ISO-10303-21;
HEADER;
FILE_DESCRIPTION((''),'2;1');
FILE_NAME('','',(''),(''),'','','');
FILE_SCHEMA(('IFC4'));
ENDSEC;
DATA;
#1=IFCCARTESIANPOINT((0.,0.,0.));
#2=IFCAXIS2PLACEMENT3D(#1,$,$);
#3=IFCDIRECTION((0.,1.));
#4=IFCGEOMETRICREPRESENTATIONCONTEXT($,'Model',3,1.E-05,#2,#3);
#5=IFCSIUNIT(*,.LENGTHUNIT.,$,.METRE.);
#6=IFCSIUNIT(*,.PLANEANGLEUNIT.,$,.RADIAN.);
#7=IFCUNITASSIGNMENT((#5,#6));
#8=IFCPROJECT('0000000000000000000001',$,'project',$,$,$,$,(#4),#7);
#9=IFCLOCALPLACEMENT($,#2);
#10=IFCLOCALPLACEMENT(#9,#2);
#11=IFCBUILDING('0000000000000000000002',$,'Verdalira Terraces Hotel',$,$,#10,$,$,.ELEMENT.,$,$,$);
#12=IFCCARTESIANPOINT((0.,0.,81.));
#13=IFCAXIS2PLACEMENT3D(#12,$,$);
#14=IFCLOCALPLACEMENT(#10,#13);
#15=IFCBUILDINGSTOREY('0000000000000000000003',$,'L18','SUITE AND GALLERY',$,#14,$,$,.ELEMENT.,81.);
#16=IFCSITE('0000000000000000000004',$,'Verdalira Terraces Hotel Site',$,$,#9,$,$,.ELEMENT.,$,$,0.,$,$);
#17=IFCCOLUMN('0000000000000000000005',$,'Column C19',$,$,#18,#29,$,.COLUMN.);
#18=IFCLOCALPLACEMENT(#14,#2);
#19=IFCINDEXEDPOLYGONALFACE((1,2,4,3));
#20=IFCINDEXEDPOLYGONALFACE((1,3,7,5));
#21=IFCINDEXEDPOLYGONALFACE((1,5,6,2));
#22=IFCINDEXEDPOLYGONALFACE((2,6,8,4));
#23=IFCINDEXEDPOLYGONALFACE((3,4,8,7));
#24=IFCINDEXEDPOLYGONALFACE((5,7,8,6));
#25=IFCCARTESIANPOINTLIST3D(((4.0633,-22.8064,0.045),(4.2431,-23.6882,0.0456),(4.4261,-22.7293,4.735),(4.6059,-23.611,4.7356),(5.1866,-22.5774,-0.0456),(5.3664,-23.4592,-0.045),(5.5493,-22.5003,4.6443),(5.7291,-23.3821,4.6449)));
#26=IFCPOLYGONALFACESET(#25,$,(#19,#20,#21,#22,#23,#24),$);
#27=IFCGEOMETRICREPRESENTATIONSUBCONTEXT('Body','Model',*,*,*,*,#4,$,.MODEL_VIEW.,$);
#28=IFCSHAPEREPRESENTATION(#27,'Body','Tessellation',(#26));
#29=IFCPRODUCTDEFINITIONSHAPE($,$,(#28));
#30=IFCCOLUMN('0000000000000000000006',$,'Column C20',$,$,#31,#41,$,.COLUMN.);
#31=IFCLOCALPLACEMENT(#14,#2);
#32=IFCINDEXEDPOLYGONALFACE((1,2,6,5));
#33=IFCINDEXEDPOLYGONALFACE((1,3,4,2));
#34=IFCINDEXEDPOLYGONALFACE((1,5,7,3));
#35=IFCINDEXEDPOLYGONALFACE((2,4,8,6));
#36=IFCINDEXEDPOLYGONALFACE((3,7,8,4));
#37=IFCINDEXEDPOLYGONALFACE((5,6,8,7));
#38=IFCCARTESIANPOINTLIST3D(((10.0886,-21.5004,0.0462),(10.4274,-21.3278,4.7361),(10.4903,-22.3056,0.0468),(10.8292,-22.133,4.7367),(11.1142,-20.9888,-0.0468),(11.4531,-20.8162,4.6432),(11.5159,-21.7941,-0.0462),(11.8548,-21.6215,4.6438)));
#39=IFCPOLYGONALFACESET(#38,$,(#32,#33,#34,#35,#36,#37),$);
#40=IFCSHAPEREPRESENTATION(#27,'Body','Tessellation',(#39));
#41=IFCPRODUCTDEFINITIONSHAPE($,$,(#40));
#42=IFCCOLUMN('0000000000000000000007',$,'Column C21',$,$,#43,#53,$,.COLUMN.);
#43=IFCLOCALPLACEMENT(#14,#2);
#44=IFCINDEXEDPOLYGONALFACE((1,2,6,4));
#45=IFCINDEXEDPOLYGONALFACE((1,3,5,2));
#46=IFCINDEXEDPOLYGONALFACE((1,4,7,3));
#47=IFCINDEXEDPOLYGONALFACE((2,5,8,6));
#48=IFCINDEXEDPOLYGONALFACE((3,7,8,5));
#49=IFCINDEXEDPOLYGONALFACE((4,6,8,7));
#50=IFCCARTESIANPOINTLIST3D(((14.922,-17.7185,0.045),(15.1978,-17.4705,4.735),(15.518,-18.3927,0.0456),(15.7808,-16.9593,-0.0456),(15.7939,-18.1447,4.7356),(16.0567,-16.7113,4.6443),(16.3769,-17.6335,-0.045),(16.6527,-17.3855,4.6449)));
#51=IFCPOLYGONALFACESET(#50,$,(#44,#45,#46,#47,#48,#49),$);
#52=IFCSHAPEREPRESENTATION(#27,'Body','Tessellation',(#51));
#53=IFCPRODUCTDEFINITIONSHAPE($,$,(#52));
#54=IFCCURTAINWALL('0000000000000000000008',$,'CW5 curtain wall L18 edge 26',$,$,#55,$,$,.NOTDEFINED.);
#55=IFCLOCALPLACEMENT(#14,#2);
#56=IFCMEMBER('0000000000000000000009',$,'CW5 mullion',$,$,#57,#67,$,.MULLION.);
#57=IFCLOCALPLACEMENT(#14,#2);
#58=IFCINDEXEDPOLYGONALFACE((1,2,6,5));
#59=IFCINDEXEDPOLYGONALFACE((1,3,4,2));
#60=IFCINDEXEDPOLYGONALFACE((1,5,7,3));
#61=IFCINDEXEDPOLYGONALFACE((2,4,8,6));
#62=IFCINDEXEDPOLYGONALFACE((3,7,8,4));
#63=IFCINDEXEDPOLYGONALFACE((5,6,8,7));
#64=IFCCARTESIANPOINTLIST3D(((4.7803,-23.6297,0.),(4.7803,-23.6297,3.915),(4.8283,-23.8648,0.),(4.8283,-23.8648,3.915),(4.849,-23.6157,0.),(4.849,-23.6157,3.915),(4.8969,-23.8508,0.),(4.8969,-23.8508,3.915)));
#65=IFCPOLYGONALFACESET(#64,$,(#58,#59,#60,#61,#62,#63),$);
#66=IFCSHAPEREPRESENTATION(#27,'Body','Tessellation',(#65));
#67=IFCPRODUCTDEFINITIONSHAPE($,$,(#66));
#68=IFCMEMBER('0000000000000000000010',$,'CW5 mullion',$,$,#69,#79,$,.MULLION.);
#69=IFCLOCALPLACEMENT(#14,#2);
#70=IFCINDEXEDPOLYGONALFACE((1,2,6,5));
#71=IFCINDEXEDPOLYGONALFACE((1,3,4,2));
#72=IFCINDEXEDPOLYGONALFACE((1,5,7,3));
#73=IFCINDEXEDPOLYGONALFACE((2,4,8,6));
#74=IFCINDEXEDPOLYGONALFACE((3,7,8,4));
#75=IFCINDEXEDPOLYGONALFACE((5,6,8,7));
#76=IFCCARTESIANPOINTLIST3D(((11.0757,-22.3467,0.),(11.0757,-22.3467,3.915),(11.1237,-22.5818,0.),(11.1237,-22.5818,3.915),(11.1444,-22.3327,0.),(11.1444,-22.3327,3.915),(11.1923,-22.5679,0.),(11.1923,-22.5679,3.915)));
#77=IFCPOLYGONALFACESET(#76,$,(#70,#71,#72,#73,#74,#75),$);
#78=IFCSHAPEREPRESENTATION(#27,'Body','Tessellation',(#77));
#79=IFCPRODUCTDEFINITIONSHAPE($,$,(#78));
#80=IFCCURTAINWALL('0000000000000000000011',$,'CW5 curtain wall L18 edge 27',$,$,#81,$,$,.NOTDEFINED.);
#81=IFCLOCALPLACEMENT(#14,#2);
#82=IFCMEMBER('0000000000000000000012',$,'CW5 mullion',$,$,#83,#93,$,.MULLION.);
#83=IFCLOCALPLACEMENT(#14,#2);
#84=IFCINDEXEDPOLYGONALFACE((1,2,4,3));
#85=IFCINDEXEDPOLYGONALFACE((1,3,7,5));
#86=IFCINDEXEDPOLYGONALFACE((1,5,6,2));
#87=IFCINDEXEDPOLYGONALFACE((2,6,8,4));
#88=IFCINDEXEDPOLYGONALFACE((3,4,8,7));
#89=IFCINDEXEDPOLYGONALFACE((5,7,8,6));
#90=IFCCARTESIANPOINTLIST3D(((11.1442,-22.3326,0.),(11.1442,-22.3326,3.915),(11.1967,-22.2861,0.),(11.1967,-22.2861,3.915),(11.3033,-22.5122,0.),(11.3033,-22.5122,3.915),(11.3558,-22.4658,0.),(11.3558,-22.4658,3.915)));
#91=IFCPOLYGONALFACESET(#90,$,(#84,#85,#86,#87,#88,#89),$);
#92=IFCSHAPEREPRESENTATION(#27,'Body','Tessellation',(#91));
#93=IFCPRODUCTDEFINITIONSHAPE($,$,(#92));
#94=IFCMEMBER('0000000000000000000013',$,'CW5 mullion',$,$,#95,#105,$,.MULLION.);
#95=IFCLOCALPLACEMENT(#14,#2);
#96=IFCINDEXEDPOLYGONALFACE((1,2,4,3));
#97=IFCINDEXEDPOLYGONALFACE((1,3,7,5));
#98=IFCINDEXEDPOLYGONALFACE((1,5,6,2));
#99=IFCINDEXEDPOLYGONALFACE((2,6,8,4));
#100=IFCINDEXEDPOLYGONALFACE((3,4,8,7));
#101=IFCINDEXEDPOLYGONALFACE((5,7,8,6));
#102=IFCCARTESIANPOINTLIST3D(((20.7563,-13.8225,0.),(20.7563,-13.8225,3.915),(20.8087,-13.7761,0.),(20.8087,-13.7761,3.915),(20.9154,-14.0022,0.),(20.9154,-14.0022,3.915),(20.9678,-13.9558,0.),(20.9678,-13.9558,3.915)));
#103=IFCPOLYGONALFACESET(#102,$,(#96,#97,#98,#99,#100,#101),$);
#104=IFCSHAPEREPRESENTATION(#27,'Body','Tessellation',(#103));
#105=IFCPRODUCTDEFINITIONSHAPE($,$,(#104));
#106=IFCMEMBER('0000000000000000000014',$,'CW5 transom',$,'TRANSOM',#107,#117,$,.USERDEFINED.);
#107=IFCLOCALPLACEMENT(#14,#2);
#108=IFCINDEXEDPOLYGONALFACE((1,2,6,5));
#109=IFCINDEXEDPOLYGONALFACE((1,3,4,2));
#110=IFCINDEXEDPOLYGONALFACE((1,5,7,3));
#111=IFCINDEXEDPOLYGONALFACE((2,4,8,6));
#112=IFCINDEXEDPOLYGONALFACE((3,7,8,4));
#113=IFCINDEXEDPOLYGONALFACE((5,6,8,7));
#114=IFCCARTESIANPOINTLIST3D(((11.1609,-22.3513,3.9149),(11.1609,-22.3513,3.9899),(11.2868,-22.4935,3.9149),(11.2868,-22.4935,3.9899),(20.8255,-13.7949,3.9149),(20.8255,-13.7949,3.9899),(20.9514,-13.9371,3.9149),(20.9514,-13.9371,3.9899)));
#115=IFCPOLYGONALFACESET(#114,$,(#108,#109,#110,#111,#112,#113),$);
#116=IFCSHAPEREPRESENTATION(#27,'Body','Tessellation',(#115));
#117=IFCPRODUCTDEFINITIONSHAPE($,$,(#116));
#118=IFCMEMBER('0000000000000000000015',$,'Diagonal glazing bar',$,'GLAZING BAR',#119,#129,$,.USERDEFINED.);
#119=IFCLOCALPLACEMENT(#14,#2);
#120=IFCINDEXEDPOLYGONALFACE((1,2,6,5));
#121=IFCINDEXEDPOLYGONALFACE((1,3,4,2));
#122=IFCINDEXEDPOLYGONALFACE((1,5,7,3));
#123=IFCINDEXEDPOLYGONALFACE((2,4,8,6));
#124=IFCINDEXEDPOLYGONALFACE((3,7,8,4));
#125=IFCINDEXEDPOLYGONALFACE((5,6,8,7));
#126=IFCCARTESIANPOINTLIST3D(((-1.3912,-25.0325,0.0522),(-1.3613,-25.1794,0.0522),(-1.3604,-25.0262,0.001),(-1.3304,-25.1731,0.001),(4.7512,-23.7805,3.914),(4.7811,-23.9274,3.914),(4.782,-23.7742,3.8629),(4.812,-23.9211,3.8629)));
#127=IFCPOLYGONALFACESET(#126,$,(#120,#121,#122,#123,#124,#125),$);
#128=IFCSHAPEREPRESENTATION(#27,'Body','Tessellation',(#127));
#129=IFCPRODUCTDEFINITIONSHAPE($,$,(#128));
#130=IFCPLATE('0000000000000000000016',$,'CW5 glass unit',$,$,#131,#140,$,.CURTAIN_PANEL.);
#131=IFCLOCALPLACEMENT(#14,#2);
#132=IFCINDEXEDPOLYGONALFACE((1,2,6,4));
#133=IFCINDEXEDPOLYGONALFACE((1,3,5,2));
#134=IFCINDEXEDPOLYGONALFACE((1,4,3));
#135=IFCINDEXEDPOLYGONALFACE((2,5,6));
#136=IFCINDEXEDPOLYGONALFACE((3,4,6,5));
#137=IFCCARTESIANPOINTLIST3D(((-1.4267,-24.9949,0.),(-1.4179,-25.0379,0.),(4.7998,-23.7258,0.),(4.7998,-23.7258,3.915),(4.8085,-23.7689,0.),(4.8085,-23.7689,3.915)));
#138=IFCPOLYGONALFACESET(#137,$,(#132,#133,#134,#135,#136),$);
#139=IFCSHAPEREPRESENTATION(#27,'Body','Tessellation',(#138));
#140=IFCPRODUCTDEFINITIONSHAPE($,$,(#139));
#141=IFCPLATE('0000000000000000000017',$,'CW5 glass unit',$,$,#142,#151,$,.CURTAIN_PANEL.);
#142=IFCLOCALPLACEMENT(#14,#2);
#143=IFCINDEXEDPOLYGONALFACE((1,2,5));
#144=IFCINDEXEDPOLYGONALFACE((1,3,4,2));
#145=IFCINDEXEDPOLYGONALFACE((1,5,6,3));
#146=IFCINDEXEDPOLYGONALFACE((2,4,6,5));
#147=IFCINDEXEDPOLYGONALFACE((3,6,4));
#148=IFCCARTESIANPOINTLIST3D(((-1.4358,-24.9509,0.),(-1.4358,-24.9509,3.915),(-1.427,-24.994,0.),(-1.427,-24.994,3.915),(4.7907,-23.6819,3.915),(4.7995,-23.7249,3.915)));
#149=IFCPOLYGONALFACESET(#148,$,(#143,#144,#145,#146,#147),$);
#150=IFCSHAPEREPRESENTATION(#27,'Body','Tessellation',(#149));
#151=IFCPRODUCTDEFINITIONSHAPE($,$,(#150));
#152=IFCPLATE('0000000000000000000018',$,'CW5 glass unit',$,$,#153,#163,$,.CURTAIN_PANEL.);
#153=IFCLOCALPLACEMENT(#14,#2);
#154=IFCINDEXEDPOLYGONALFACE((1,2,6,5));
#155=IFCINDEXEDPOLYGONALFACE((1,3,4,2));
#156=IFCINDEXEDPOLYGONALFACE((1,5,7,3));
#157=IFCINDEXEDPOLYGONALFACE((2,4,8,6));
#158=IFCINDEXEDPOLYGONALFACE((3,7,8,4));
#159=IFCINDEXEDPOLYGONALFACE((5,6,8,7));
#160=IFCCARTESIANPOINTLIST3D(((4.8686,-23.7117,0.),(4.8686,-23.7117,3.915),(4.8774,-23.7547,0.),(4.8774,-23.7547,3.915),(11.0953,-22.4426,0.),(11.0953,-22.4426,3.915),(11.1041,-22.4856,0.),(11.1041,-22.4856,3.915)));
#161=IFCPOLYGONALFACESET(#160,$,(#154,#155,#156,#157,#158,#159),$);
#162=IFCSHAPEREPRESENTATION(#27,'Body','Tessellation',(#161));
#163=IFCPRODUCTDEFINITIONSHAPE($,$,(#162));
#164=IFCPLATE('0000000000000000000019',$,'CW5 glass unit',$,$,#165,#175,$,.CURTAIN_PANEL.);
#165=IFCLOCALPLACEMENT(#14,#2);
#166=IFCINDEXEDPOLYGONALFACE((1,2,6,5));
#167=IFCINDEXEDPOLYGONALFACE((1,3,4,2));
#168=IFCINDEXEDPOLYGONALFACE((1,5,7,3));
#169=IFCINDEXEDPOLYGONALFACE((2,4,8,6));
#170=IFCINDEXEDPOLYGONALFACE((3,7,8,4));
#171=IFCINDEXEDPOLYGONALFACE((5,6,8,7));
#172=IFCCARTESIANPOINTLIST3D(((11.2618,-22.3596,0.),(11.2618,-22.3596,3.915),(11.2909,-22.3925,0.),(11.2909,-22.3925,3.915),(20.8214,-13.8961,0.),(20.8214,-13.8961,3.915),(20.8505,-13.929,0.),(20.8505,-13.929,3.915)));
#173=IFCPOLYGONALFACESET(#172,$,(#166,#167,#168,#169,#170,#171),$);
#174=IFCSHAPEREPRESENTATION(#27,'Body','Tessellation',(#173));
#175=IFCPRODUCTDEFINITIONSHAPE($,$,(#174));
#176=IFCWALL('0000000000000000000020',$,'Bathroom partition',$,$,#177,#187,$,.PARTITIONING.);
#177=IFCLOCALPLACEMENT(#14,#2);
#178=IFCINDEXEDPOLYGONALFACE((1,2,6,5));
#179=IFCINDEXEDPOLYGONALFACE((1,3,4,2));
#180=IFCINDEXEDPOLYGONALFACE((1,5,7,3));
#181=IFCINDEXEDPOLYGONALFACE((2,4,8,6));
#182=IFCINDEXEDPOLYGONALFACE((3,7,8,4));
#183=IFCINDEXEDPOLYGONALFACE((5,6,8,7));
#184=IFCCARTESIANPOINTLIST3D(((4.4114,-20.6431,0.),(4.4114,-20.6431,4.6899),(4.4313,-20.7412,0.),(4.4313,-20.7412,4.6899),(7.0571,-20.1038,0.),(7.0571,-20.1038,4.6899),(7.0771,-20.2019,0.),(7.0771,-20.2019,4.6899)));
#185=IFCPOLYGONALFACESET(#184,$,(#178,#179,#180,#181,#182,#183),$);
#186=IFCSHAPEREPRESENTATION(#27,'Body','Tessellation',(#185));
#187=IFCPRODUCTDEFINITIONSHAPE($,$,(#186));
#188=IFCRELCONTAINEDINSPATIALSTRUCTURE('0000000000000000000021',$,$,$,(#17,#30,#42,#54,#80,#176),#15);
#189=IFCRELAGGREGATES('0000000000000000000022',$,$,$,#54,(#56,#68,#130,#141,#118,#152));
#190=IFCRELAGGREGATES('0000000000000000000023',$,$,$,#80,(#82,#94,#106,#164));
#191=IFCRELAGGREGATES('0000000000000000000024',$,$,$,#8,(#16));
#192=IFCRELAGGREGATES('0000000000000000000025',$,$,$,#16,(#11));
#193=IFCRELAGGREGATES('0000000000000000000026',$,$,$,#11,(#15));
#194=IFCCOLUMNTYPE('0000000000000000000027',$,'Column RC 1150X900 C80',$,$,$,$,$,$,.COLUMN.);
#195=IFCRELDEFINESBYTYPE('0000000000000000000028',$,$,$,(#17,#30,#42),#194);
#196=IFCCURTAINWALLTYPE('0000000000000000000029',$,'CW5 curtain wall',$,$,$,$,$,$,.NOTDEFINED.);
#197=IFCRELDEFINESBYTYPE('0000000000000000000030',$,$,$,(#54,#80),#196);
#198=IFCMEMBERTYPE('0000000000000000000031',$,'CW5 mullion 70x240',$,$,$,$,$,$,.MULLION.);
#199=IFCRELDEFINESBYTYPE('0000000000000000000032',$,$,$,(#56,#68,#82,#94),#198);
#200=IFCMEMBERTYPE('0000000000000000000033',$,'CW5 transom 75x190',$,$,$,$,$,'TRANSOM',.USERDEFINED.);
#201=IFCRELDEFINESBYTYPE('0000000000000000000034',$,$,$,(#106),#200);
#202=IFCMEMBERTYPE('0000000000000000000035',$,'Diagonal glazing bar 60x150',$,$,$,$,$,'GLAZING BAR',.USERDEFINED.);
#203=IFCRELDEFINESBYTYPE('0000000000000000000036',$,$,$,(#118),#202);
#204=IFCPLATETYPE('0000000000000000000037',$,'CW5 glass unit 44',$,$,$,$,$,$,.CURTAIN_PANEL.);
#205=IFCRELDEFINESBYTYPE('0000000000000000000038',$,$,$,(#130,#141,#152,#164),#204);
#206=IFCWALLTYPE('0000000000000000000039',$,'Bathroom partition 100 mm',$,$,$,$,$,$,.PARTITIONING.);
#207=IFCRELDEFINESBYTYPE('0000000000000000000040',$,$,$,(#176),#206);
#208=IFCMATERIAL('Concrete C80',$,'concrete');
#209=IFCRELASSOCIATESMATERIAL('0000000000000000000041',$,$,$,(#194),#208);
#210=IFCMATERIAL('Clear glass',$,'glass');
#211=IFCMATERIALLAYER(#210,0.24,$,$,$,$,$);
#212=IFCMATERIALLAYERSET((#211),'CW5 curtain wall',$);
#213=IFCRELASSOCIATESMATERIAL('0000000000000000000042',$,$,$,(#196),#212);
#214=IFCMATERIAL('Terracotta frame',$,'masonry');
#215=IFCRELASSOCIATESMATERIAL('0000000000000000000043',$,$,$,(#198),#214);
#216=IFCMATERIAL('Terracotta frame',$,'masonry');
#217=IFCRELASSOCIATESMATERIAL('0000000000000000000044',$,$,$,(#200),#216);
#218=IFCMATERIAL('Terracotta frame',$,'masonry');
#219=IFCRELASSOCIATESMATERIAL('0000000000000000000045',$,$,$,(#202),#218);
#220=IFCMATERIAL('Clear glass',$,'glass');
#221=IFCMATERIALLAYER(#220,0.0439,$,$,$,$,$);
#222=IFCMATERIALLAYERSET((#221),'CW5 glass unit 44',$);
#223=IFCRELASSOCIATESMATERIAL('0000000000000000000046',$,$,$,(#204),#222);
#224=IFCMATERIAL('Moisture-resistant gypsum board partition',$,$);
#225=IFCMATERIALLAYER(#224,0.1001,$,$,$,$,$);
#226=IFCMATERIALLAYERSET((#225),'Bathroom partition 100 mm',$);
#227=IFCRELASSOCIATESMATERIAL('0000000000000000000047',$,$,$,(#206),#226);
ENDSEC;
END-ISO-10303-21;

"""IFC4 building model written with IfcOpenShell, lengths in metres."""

from ifc_helpers import new_model, si_unit, direction, frame, frame_2d, origin, origin_2d, place, context, subcontext, project, spatial, polyline, rectangle, outline, extrude, material, layer, layer_set, material_profile, profile_set, type_object, element, aggregate, save


model = new_model("IFC4")

# Units and contexts
model_context = context("Model", 3, precision=1e-05, world=origin(), true_north=direction((0.0, 1.0)))
body_context = subcontext(model_context, "Body", "Model", "MODEL_VIEW")
ifc_project = project(units=[si_unit("LENGTHUNIT", "METRE"), si_unit("PLANEANGLEUNIT", "RADIAN")], contexts=[model_context])

# Site, building, storey
site_placement = place(None, origin())
site = spatial("IfcSite", under=ifc_project, at=site_placement, Name="Verdalira Terraces Hotel Site", CompositionType="ELEMENT", RefElevation=0.0)
building_placement = place(site_placement, origin())
building = spatial("IfcBuilding", under=site, at=building_placement, Name="Verdalira Terraces Hotel", CompositionType="ELEMENT")
storey_placement = place(building_placement, frame((0.0, 0.0, 81.0)))
storey = spatial("IfcBuildingStorey", under=building, at=storey_placement, Name="L18", Description="SUITE AND GALLERY", CompositionType="ELEMENT", Elevation=81.0)

# Columns
ifc_material_1 = material(Name="Concrete C80", Category="concrete")
ifc_material_profile_1 = material_profile(ifc_material_1, rectangle(XDim=1.1499, YDim=0.8999, at=origin_2d()), Name="RC 1150X900")
ifc_profile_set_1 = profile_set([ifc_material_profile_1], Name="Concrete C80")
column_type = type_object("IfcColumnType", Name="Column RC 1150X900 C80", PredefinedType="COLUMN", material=ifc_profile_set_1)
column_1_placement = place(storey_placement, frame((4.7148, -23.1328, 0.0), z_axis=(0.077115, 0.016399, 0.996887), x_axis=(0.976798, 0.199126, -0.078836)))
element("IfcColumn", 1, at=column_1_placement, inside=storey, type_object=column_type, Name="Column C19", PredefinedType="COLUMN", context=body_context, shape_type="SweptSolid", body=[
    extrude(rectangle(XDim=1.1499, YDim=0.8999, at=origin_2d()), origin(), (0.0, 0.0, 1.0), 4.7046),
])
column_2_placement = place(storey_placement, frame((10.8022, -21.6472, 0.0), z_axis=(0.072018, 0.036683, 0.996729), x_axis=(-0.891933, -0.444887, 0.080819)))
element("IfcColumn", 2, at=column_2_placement, inside=storey, type_object=column_type, Name="Column C20", PredefinedType="COLUMN", context=body_context, shape_type="SweptSolid", body=[
    extrude(rectangle(XDim=1.1499, YDim=0.8999, at=origin_2d()), origin(), (0.0, 0.0, 1.0), 4.7053),
])
column_3_placement = place(storey_placement, frame((15.6494, -17.676, 0.0), z_axis=(0.05864, 0.052724, 0.996886), x_axis=(0.746898, 0.660246, -0.078855)))
element("IfcColumn", 3, at=column_3_placement, inside=storey, type_object=column_type, Name="Column C21", PredefinedType="COLUMN", context=body_context, shape_type="SweptSolid", body=[
    extrude(rectangle(XDim=1.1499, YDim=0.8999, at=origin_2d()), origin(), (0.0, 0.0, 1.0), 4.7046),
])

# Curtain walls, members
ifc_material_2 = material(Name="Clear glass", Category="glass")
ifc_layer_1 = layer(ifc_material_2, 0.24)
ifc_layer_set_1 = layer_set([ifc_layer_1], Name="CW5 curtain wall")
curtain_wall_type = type_object("IfcCurtainWallType", Name="CW5 curtain wall", PredefinedType="NOTDEFINED", material=ifc_layer_set_1)
curtain_wall_1_placement = place(storey_placement, origin())
curtain_wall_1 = element("IfcCurtainWall", 4, at=curtain_wall_1_placement, inside=storey, type_object=curtain_wall_type, Name="CW5 curtain wall L18 edge 26", PredefinedType="NOTDEFINED")
ifc_material_3 = material(Name="Terracotta frame", Category="masonry")
ifc_material_profile_2 = material_profile(ifc_material_3, rectangle(XDim=0.0701, YDim=0.24, at=origin_2d()), Name="MU 70x240")
ifc_profile_set_2 = profile_set([ifc_material_profile_2], Name="Terracotta frame")
member_type_1 = type_object("IfcMemberType", Name="CW5 mullion 70x240", PredefinedType="MULLION", material=ifc_profile_set_2)
member_1_placement = place(storey_placement, frame((4.8386, -23.7402, 0.0), z_axis=(0.0, 0.0, 1.0), x_axis=(0.979855, 0.19971, 0.0)))
member_1 = element("IfcMember", 5, at=member_1_placement, type_object=member_type_1, Name="CW5 mullion", PredefinedType="MULLION", context=body_context, shape_type="SweptSolid", body=[
    extrude(rectangle(XDim=0.0701, YDim=0.24, at=origin_2d()), origin(), (0.0, 0.0, 1.0), 3.915),
])
member_2_placement = place(storey_placement, frame((11.134, -22.4573, 0.0), z_axis=(0.0, 0.0, 1.0), x_axis=(0.979855, 0.19971, 0.0)))
member_2 = element("IfcMember", 6, at=member_2_placement, type_object=member_type_1, Name="CW5 mullion", PredefinedType="MULLION", context=body_context, shape_type="SweptSolid", body=[
    extrude(rectangle(XDim=0.0701, YDim=0.24, at=origin_2d()), origin(), (0.0, 0.0, 1.0), 3.915),
])
curtain_wall_2_placement = place(storey_placement, origin())
curtain_wall_2 = element("IfcCurtainWall", 7, at=curtain_wall_2_placement, inside=storey, type_object=curtain_wall_type, Name="CW5 curtain wall L18 edge 27", PredefinedType="NOTDEFINED")
member_3_placement = place(storey_placement, frame((11.25, -22.3992, 0.0), z_axis=(0.0, 0.0, 1.0), x_axis=(0.748724, 0.662881, 0.0)))
member_3 = element("IfcMember", 8, at=member_3_placement, type_object=member_type_1, Name="CW5 mullion", PredefinedType="MULLION", context=body_context, shape_type="SweptSolid", body=[
    extrude(rectangle(XDim=0.0701, YDim=0.24, at=origin_2d()), origin(), (0.0, 0.0, 1.0), 3.915),
])
member_4_placement = place(storey_placement, frame((20.8621, -13.8892, 0.0), z_axis=(0.0, 0.0, 1.0), x_axis=(0.748724, 0.662881, 0.0)))
member_4 = element("IfcMember", 9, at=member_4_placement, type_object=member_type_1, Name="CW5 mullion", PredefinedType="MULLION", context=body_context, shape_type="SweptSolid", body=[
    extrude(rectangle(XDim=0.0701, YDim=0.24, at=origin_2d()), origin(), (0.0, 0.0, 1.0), 3.915),
])
ifc_material_4 = material(Name="Terracotta frame", Category="masonry")
ifc_material_profile_3 = material_profile(ifc_material_4, rectangle(XDim=0.1899, YDim=0.075, at=origin_2d()), Name="TR 75x190")
ifc_profile_set_3 = profile_set([ifc_material_profile_3], Name="Terracotta frame")
member_type_2 = type_object("IfcMemberType", Name="CW5 transom 75x190", ElementType="TRANSOM", PredefinedType="USERDEFINED", material=ifc_profile_set_3)
member_5_placement = place(storey_placement, frame((11.2239, -22.4224, 3.9524), z_axis=(0.748728, 0.662877, 0.0), x_axis=(-0.662877, 0.748728, 0.0)))
member_5 = element("IfcMember", 10, at=member_5_placement, type_object=member_type_2, Name="CW5 transom", ObjectType="TRANSOM", PredefinedType="USERDEFINED", context=body_context, shape_type="SweptSolid", body=[
    extrude(rectangle(XDim=0.1899, YDim=0.075, at=origin_2d()), origin(), (0.0, 0.0, 1.0), 12.908),
])

# Member
ifc_material_5 = material(Name="Terracotta frame", Category="masonry")
ifc_material_profile_4 = material_profile(ifc_material_5, rectangle(XDim=0.1499, YDim=0.0601, at=origin_2d()), Name="GB 60x150")
ifc_profile_set_4 = profile_set([ifc_material_profile_4], Name="Terracotta frame")
member_type_3 = type_object("IfcMemberType", Name="Diagonal glazing bar 60x150", ElementType="GLAZING BAR", PredefinedType="USERDEFINED", material=ifc_profile_set_4)
member_6_placement = place(storey_placement, frame((-1.3608, -25.1028, 0.0266), z_axis=(0.834251, 0.17004, 0.524511), x_axis=(-0.199717, 0.979854, 0.0)))
member_6 = element("IfcMember", 11, at=member_6_placement, type_object=member_type_3, Name="Diagonal glazing bar", ObjectType="GLAZING BAR", PredefinedType="USERDEFINED", context=body_context, shape_type="SweptSolid", body=[
    extrude(rectangle(XDim=0.1499, YDim=0.0601, at=origin_2d()), origin(), (0.0, 0.0, 1.0), 7.3628),
])

# Plates
ifc_material_6 = material(Name="Clear glass", Category="glass")
ifc_layer_2 = layer(ifc_material_6, 0.0439)
ifc_layer_set_2 = layer_set([ifc_layer_2], Name="CW5 glass unit 44")
plate_type = type_object("IfcPlateType", Name="CW5 glass unit 44", PredefinedType="CURTAIN_PANEL", material=ifc_layer_set_2)
plate_1_placement = place(storey_placement, frame((1.6865, -24.3604, 1.9575), z_axis=(0.19971, -0.979855, 0.0), x_axis=(0.979855, 0.19971, 0.0)))
plate_1 = element("IfcPlate", 12, at=plate_1_placement, type_object=plate_type, Name="CW5 glass unit", PredefinedType="CURTAIN_PANEL", context=body_context, shape_type="SweptSolid", body=[
    extrude(outline(polyline([(-3.1772, -1.9575), (3.1772, -1.9575), (3.1772, 1.9575), (-3.1772, -1.9575)])), origin(), (0.0, 0.0, 1.0), 0.0439),
])
plate_2_placement = place(storey_placement, frame((1.6775, -24.3164, 1.9575), z_axis=(0.19971, -0.979855, 0.0), x_axis=(0.979855, 0.19971, 0.0)))
plate_2 = element("IfcPlate", 13, at=plate_2_placement, type_object=plate_type, Name="CW5 glass unit", PredefinedType="CURTAIN_PANEL", context=body_context, shape_type="SweptSolid", body=[
    extrude(outline(polyline([(-3.1772, -1.9575), (3.1772, 1.9575), (-3.1772, 1.9575), (-3.1772, -1.9575)])), origin(), (0.0, 0.0, 1.0), 0.0439),
])
plate_3_placement = place(storey_placement, frame((7.9863, -23.0986, 0.0), z_axis=(0.0, 0.0, 1.0), x_axis=(0.979855, 0.19971, 0.0)))
plate_3 = element("IfcPlate", 14, at=plate_3_placement, type_object=plate_type, Name="CW5 glass unit", PredefinedType="CURTAIN_PANEL", context=body_context, shape_type="SweptSolid", body=[
    extrude(rectangle(XDim=6.3547, YDim=0.0439, at=origin_2d()), origin(), (0.0, 0.0, 1.0), 3.915),
])
aggregate(curtain_wall_1, [member_1, member_2, plate_1, plate_2, member_6, plate_3])
plate_4_placement = place(storey_placement, frame((16.0562, -18.1443, 0.0), z_axis=(0.0, 0.0, 1.0), x_axis=(0.748724, 0.662881, 0.0)))
plate_4 = element("IfcPlate", 15, at=plate_4_placement, type_object=plate_type, Name="CW5 glass unit", PredefinedType="CURTAIN_PANEL", context=body_context, shape_type="SweptSolid", body=[
    extrude(rectangle(XDim=12.7678, YDim=0.0439, at=origin_2d()), origin(), (0.0, 0.0, 1.0), 3.915),
])
aggregate(curtain_wall_2, [member_3, member_4, member_5, plate_4])

# Wall
ifc_material_7 = material(Name="Moisture-resistant gypsum board partition")
ifc_layer_3 = layer(ifc_material_7, 0.1001)
ifc_layer_set_3 = layer_set([ifc_layer_3], Name="Bathroom partition 100 mm")
wall_type_1 = type_object("IfcWallType", Name="Bathroom partition 100 mm", PredefinedType="PARTITIONING", material=ifc_layer_set_3)
wall_1_placement = place(storey_placement, frame((7.0671, -20.1528, 0.0), z_axis=(0.0, 0.0, 1.0), x_axis=(-0.979851, -0.199731, 0.0)))
element("IfcWall", 16, at=wall_1_placement, inside=storey, type_object=wall_type_1, Name="Bathroom partition", PredefinedType="PARTITIONING", context=body_context, shape_type="SweptSolid", body=[
    extrude(rectangle(XDim=2.7002, YDim=0.1001, at=frame_2d((1.3501, 0.0))), origin(), (0.0, 0.0, 1.0), 4.6899),
])

save(model, "model.ifc")
